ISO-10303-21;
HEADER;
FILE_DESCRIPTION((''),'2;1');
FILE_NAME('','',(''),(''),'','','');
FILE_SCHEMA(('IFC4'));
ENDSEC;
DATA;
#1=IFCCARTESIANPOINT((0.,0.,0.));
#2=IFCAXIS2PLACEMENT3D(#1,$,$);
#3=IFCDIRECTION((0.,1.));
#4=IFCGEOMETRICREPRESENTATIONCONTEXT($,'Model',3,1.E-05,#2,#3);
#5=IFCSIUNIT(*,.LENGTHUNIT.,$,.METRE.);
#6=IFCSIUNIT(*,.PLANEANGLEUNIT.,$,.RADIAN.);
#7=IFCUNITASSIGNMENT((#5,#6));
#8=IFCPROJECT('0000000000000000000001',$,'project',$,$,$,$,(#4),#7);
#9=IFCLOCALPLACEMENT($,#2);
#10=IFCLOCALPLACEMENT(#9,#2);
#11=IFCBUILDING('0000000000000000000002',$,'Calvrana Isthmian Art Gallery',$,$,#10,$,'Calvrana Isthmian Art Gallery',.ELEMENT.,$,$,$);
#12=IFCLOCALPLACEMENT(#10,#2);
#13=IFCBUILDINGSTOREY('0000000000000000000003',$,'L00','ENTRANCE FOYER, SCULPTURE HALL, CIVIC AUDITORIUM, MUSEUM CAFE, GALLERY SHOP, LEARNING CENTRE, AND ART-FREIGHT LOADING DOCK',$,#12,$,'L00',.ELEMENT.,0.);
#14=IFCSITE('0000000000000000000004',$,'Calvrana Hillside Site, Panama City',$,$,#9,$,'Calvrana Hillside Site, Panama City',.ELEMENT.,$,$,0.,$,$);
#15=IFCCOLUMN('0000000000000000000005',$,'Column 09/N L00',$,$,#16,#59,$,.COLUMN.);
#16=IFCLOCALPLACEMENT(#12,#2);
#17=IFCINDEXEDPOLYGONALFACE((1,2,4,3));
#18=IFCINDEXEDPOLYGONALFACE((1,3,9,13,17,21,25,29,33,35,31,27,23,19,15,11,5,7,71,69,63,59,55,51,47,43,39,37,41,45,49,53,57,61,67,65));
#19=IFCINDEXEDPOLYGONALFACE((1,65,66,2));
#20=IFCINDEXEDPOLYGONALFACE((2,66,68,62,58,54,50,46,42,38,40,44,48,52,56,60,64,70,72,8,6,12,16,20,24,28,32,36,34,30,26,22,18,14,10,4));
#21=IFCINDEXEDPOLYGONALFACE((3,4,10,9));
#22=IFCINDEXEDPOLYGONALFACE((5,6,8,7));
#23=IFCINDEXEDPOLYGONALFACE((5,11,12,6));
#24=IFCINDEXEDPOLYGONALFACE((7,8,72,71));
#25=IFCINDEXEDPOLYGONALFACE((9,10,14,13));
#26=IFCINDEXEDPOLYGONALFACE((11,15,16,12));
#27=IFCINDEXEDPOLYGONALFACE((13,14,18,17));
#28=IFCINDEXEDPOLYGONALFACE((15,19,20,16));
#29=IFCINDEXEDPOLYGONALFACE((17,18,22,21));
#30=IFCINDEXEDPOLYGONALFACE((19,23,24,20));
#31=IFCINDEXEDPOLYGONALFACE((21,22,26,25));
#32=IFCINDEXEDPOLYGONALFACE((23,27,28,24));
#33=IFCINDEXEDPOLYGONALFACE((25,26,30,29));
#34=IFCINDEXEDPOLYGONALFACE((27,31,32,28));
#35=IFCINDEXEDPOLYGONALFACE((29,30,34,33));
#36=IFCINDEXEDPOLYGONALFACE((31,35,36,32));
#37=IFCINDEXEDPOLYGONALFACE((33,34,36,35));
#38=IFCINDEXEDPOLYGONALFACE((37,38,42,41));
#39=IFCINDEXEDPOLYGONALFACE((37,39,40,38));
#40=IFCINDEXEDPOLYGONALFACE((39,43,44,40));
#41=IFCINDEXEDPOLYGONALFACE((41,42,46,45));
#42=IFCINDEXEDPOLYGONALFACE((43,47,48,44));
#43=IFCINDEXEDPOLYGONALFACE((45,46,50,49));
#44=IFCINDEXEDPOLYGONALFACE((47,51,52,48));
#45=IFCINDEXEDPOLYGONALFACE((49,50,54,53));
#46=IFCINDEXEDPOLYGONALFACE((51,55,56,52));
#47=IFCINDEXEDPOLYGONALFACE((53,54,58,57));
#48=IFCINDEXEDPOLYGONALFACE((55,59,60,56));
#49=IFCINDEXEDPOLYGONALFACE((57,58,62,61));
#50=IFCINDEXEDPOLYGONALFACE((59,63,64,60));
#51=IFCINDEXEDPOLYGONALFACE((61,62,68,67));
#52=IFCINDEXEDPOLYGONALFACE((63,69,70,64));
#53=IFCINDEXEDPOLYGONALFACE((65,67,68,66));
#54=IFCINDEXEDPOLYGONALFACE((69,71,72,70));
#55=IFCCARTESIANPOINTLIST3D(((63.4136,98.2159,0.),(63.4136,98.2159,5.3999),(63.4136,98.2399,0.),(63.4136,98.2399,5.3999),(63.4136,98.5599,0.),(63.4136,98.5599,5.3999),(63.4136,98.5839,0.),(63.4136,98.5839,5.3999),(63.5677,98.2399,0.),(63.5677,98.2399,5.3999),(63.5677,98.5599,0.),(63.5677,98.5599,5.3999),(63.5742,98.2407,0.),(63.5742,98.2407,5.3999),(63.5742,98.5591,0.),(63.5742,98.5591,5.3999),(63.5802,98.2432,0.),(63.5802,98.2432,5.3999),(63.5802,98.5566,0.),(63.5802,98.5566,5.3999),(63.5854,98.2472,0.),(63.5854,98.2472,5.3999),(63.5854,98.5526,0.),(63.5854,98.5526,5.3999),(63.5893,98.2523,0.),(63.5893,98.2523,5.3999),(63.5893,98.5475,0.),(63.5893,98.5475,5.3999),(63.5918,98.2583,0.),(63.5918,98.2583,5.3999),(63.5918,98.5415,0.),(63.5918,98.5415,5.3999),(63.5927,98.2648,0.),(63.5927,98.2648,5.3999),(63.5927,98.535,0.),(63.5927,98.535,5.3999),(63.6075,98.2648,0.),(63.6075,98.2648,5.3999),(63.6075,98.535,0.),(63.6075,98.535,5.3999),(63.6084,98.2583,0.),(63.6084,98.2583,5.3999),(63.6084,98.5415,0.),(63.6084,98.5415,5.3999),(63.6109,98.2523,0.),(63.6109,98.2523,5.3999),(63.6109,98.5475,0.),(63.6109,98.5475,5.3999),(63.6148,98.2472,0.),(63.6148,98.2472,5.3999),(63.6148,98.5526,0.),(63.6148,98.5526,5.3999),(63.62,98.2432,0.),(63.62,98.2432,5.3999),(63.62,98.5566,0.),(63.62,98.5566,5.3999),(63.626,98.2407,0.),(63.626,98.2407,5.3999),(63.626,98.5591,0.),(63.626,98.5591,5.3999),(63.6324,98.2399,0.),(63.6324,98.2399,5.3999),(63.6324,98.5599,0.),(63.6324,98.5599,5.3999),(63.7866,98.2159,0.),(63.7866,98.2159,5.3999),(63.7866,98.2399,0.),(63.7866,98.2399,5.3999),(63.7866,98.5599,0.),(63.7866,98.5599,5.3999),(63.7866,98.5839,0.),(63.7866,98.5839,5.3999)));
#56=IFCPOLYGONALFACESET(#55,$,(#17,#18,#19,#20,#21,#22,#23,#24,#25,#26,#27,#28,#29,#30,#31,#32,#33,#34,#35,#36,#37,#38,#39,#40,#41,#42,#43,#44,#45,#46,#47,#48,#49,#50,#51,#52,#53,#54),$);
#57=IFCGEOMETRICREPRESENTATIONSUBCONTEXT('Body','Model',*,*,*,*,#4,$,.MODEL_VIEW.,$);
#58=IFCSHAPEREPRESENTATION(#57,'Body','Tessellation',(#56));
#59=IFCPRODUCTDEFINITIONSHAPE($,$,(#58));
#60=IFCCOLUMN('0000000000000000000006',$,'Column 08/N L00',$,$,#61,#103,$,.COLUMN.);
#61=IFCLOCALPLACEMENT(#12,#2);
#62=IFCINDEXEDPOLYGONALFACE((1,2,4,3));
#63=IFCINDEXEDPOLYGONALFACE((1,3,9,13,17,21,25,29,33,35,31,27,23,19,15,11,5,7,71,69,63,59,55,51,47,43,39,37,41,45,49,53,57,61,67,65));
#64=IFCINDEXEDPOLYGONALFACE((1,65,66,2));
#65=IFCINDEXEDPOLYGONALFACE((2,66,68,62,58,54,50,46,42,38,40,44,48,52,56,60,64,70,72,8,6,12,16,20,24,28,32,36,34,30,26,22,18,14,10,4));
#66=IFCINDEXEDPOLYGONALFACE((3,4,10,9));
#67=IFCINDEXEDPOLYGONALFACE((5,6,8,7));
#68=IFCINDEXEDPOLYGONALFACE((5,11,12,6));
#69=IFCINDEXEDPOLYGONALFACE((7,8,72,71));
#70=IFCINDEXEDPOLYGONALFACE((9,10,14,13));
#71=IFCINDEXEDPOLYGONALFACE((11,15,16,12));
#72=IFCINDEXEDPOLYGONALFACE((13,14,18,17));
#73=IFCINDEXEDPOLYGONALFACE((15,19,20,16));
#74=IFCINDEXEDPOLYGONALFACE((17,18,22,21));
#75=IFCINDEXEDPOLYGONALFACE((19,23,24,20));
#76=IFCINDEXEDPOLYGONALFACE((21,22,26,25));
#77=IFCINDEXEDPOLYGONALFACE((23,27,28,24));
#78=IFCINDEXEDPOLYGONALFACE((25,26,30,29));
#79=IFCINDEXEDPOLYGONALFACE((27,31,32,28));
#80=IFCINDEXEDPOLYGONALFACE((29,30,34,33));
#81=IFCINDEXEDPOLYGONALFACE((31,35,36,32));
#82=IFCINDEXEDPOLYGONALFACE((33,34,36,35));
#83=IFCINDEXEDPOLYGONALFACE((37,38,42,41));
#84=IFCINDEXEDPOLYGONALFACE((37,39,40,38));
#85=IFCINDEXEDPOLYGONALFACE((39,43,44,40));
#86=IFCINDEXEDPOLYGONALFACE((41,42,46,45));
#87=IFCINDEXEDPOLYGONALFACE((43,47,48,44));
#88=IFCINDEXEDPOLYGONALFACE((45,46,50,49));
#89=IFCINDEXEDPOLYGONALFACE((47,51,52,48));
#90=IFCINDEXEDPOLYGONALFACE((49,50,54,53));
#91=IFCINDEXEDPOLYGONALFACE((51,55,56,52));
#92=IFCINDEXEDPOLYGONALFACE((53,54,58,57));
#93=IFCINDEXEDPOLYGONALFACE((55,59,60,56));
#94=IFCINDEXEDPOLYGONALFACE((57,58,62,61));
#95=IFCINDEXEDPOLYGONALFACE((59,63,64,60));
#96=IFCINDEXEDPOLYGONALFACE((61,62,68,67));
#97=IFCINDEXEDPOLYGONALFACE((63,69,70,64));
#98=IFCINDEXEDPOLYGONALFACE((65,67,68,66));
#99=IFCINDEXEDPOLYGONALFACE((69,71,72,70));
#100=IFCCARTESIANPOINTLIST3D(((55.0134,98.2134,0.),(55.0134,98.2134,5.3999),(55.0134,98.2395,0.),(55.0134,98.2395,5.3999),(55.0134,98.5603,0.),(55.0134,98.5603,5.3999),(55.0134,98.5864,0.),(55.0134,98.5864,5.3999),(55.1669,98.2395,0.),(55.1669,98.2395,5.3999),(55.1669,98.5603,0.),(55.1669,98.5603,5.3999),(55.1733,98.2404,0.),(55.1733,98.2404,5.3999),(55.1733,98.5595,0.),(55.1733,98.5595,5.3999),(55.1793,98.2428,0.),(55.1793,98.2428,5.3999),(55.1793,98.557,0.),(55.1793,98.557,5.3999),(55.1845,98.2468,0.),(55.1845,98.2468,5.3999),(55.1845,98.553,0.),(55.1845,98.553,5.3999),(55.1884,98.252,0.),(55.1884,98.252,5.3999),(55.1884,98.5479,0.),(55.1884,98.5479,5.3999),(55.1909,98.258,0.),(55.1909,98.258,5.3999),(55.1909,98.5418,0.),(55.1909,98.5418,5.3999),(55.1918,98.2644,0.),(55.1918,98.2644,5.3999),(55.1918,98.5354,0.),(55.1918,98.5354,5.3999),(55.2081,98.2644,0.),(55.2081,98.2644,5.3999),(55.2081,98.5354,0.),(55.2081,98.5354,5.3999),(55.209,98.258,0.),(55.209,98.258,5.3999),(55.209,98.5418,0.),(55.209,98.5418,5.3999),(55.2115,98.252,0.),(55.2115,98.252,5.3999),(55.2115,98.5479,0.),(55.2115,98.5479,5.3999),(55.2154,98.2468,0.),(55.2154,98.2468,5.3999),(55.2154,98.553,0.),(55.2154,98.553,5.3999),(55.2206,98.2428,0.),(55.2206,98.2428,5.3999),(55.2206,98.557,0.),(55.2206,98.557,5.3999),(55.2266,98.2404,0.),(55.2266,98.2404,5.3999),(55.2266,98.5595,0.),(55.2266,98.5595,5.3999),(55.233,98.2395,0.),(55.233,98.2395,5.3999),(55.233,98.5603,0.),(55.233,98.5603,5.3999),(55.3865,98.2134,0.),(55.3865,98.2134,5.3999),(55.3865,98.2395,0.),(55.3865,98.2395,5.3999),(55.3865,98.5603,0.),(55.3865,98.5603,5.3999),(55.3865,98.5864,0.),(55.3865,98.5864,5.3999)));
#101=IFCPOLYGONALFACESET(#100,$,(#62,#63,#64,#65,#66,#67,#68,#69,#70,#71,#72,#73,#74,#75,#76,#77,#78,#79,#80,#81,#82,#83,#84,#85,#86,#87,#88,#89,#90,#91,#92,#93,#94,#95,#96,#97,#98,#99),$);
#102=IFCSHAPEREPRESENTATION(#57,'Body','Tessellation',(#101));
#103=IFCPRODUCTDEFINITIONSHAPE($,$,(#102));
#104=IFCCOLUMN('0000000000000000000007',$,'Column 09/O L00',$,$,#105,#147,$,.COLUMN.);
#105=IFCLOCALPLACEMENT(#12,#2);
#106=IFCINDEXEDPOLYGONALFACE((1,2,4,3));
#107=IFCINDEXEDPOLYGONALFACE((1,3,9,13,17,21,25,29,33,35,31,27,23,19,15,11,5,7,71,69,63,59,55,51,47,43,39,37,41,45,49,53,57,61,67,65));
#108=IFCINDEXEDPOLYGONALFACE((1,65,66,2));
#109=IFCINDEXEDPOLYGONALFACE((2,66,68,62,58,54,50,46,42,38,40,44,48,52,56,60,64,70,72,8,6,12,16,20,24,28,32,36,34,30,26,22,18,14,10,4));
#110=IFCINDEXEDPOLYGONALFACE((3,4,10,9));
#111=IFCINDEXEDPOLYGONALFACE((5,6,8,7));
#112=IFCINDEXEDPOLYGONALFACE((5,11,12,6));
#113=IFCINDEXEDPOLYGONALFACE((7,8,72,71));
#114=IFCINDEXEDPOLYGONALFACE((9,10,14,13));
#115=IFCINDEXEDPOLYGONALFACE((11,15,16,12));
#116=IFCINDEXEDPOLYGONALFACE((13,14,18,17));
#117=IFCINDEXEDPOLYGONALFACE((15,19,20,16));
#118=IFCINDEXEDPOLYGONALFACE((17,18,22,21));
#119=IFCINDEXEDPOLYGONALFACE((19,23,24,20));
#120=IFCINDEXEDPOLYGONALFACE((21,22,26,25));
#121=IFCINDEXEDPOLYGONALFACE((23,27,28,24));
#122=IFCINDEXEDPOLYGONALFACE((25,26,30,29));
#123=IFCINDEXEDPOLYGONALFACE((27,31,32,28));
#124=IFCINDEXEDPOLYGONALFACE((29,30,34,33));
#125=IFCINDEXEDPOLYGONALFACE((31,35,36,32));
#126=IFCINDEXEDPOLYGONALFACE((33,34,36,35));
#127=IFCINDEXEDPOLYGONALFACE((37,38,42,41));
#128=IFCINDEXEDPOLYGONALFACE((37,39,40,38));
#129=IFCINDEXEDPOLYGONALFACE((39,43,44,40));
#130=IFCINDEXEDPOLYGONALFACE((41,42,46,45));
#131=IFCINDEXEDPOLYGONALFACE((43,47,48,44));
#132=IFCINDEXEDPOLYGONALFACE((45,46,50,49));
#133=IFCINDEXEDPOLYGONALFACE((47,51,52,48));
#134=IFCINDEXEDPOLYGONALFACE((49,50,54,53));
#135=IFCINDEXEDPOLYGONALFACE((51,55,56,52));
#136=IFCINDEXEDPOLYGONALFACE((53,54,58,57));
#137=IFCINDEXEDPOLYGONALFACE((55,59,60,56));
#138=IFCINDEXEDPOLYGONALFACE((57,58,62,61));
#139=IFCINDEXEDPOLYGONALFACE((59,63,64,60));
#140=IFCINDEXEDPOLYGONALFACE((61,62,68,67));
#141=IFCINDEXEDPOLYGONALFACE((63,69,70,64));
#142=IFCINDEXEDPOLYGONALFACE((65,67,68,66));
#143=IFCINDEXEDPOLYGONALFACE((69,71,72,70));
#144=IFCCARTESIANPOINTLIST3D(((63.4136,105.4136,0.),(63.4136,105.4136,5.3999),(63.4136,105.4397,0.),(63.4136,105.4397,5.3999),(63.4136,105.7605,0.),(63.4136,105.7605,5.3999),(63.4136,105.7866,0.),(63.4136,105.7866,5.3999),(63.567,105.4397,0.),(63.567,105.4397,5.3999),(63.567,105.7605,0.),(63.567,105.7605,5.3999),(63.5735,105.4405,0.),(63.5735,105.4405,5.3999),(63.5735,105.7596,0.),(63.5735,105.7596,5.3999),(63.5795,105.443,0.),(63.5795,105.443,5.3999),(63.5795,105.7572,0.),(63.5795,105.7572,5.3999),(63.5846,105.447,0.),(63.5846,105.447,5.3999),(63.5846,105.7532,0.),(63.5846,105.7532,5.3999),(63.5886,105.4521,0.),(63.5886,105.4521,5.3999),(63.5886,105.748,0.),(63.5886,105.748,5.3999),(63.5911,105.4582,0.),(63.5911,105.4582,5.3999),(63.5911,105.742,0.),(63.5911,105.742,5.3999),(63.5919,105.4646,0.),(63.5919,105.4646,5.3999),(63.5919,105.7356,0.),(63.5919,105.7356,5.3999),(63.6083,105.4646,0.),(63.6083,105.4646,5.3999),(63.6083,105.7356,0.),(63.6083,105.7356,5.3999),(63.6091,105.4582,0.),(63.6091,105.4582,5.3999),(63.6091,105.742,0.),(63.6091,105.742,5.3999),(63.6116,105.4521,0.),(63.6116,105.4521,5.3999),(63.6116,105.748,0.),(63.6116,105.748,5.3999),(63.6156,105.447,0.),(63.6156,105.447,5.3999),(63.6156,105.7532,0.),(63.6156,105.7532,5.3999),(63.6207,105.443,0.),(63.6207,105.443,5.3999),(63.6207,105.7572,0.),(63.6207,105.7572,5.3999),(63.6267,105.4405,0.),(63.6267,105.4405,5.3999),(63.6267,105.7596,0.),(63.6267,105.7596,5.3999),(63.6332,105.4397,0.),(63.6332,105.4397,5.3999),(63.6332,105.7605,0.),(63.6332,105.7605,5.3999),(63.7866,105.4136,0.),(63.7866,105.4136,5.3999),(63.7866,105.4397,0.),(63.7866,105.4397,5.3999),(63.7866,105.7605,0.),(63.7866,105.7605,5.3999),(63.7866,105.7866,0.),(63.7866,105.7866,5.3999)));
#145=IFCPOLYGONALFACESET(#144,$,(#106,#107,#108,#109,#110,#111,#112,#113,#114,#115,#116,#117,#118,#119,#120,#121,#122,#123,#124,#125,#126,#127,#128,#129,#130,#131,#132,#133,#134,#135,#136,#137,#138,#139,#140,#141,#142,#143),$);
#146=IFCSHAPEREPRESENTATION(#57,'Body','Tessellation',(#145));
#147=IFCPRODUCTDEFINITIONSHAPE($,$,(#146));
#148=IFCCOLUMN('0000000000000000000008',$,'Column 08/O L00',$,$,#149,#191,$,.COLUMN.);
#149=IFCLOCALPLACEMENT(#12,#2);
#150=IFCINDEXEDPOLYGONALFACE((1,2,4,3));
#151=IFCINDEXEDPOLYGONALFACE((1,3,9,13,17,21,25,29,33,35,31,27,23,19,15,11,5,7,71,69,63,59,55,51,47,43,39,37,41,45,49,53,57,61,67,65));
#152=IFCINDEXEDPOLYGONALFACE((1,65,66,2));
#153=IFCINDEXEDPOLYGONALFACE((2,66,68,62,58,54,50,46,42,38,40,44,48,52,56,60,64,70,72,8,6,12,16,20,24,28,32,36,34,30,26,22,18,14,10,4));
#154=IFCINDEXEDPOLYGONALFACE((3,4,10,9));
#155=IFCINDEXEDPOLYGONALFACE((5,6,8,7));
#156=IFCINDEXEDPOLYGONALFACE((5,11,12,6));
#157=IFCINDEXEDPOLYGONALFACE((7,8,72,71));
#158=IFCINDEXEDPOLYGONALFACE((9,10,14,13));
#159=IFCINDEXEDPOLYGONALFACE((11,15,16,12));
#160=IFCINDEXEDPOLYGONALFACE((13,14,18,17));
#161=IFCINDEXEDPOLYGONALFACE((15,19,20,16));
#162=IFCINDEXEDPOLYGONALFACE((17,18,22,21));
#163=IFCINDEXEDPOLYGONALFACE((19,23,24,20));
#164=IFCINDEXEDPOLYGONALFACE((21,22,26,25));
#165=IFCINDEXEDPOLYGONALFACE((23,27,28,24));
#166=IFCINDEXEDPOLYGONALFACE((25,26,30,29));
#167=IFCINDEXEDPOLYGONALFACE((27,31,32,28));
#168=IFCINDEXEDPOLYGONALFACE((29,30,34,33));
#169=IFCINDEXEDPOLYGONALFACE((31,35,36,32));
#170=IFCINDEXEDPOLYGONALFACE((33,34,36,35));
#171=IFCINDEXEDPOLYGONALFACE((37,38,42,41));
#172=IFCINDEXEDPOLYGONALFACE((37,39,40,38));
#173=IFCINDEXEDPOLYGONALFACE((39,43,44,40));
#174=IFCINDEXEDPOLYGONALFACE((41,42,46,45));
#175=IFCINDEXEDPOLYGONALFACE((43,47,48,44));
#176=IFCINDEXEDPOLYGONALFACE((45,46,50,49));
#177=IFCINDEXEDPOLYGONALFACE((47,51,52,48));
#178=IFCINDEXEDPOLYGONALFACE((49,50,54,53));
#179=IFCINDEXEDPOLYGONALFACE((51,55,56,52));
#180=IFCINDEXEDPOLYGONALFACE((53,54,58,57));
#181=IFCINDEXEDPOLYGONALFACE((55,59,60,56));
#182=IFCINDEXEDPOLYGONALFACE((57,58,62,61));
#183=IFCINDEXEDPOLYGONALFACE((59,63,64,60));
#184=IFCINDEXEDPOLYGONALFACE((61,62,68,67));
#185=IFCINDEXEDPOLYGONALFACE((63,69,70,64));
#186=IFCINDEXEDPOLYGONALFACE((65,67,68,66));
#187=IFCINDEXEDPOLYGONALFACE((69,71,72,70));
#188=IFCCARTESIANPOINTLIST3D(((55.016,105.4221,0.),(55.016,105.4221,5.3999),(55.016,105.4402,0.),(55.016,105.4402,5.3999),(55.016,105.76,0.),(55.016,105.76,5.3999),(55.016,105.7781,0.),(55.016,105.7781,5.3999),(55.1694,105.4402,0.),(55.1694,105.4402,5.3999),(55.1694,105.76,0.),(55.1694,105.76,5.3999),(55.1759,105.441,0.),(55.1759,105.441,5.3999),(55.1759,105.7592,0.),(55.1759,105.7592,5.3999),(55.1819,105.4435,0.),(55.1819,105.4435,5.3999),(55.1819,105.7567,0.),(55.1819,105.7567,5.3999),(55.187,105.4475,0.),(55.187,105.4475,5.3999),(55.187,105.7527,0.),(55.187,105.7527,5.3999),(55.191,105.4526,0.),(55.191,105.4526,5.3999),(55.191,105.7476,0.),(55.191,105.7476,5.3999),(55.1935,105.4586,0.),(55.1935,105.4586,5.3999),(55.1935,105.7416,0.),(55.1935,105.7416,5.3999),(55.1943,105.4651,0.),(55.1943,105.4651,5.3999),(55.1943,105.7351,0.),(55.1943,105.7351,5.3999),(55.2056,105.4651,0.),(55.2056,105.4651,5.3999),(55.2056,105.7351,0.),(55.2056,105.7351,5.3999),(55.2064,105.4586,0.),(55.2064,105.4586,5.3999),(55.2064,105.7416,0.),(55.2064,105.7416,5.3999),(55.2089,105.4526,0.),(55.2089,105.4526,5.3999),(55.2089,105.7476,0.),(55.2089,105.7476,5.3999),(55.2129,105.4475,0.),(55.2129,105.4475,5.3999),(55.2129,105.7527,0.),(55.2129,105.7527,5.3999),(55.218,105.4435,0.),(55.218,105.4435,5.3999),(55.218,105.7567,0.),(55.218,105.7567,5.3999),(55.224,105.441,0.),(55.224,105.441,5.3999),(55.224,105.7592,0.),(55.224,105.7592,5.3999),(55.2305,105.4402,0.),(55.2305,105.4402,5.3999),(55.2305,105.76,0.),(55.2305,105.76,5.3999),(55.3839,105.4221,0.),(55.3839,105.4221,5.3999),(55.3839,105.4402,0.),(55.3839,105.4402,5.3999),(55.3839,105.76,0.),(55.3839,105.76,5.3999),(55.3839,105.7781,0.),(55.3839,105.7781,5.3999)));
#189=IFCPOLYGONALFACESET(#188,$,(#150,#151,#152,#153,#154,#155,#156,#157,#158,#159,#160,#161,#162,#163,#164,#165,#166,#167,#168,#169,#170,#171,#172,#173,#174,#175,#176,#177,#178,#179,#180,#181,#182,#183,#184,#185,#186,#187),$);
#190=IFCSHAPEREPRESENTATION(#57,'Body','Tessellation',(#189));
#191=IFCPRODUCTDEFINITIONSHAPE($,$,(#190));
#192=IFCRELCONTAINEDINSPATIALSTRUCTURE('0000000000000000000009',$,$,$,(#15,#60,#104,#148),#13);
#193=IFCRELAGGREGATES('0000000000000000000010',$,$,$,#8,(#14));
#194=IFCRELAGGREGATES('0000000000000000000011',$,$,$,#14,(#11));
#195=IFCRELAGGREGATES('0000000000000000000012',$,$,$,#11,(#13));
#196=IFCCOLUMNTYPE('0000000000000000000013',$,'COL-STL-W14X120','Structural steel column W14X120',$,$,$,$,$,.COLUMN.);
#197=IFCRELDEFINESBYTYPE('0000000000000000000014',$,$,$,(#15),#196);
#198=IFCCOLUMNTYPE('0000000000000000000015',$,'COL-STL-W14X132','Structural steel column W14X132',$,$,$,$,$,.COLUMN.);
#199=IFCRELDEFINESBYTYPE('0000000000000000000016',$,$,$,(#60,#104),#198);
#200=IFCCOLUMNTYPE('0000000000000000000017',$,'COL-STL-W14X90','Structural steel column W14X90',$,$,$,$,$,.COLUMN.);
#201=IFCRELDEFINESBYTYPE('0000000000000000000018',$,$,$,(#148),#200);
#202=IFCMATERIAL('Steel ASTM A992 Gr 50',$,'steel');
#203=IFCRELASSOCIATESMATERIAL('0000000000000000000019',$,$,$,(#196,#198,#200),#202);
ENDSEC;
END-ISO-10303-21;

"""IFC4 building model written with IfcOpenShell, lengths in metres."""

from ifc_helpers import new_model, si_unit, direction, frame, origin, origin_2d, place, context, subcontext, project, spatial, i_section, extrude, material, material_profile, profile_set, type_object, element, save


model = new_model("IFC4")

# Units and contexts
model_context = context("Model", 3, precision=1e-05, world=origin(), true_north=direction((0.0, 1.0)))
body_context = subcontext(model_context, "Body", "Model", "MODEL_VIEW")
ifc_project = project(units=[si_unit("LENGTHUNIT", "METRE"), si_unit("PLANEANGLEUNIT", "RADIAN")], contexts=[model_context])

# Site, building, storey
site_placement = place(None, origin())
site = spatial("IfcSite", under=ifc_project, at=site_placement, Name="Calvrana Hillside Site, Panama City", LongName="Calvrana Hillside Site, Panama City", CompositionType="ELEMENT", RefElevation=0.0)
building_placement = place(site_placement, origin())
building = spatial("IfcBuilding", under=site, at=building_placement, Name="Calvrana Isthmian Art Gallery", LongName="Calvrana Isthmian Art Gallery", CompositionType="ELEMENT")
storey_placement = place(building_placement, origin())
storey = spatial("IfcBuildingStorey", under=building, at=storey_placement, Name="L00", Description="ENTRANCE FOYER, SCULPTURE HALL, CIVIC AUDITORIUM, MUSEUM CAFE, GALLERY SHOP, LEARNING CENTRE, AND ART-FREIGHT LOADING DOCK", LongName="L00", CompositionType="ELEMENT", Elevation=0.0)

# Columns
ifc_material_1 = material(Name="Steel ASTM A992 Gr 50", Category="steel")
ifc_material_profile_1 = material_profile(ifc_material_1, i_section(OverallWidth=0.373, OverallDepth=0.3679, WebThickness=0.0149, FlangeThickness=0.0239, FilletRadius=0.0249, at=origin_2d()), Name="W14X120")
ifc_profile_set_1 = profile_set([ifc_material_profile_1], Name="Steel ASTM A992 Gr 50")
column_type_1 = type_object("IfcColumnType", Name="COL-STL-W14X120", Description="Structural steel column W14X120", PredefinedType="COLUMN", material=ifc_profile_set_1)
column_1_placement = place(storey_placement, frame((63.6001, 98.3999, 0.0), z_axis=(0.0, 0.0, 1.0), x_axis=(1.0, 0.0, 0.0)))
element("IfcColumn", 1, at=column_1_placement, inside=storey, type_object=column_type_1, Name="Column 09/N L00", PredefinedType="COLUMN", context=body_context, shape_type="SweptSolid", body=[
    extrude(i_section(OverallWidth=0.373, OverallDepth=0.3679, WebThickness=0.0149, FlangeThickness=0.0239, FilletRadius=0.0249, at=origin_2d()), origin(), (0.0, 0.0, 1.0), 5.3999),
])
ifc_material_profile_2 = material_profile(ifc_material_1, i_section(OverallWidth=0.373, OverallDepth=0.373, WebThickness=0.0164, FlangeThickness=0.0261, FilletRadius=0.0249, at=origin_2d()), Name="W14X132")
ifc_profile_set_2 = profile_set([ifc_material_profile_2], Name="Steel ASTM A992 Gr 50")
column_type_2 = type_object("IfcColumnType", Name="COL-STL-W14X132", Description="Structural steel column W14X132", PredefinedType="COLUMN", material=ifc_profile_set_2)
for number, where, z_axis, x_axis, name in (
    (2, (55.2, 98.3999, 0.0), (0.0, 0.0, 1.0), (1.0, 0.0, 0.0), "Column 08/N L00"),
    (3, (63.6001, 105.6001, 0.0), (0.0, 0.0, 1.0), (1.0, 0.0, 0.0), "Column 09/O L00"),
):
    element("IfcColumn", number, at=place(storey_placement, frame(where, z_axis=z_axis, x_axis=x_axis)), inside=storey, type_object=column_type_2, Name=name, PredefinedType="COLUMN", context=body_context, shape_type="SweptSolid", body=[
        extrude(i_section(OverallWidth=0.373, OverallDepth=0.373, WebThickness=0.0164, FlangeThickness=0.0261, FilletRadius=0.0249, at=origin_2d()), origin(), (0.0, 0.0, 1.0), 5.3999),
    ])
ifc_material_profile_3 = material_profile(ifc_material_1, i_section(OverallWidth=0.3679, OverallDepth=0.356, WebThickness=0.0112, FlangeThickness=0.0181, FilletRadius=0.0249, at=origin_2d()), Name="W14X90")
ifc_profile_set_3 = profile_set([ifc_material_profile_3], Name="Steel ASTM A992 Gr 50")
column_type_3 = type_object("IfcColumnType", Name="COL-STL-W14X90", Description="Structural steel column W14X90", PredefinedType="COLUMN", material=ifc_profile_set_3)
column_2_placement = place(storey_placement, frame((55.2, 105.6001, 0.0), z_axis=(0.0, 0.0, 1.0), x_axis=(1.0, 0.0, 0.0)))
element("IfcColumn", 4, at=column_2_placement, inside=storey, type_object=column_type_3, Name="Column 08/O L00", PredefinedType="COLUMN", context=body_context, shape_type="SweptSolid", body=[
    extrude(i_section(OverallWidth=0.3679, OverallDepth=0.356, WebThickness=0.0112, FlangeThickness=0.0181, FilletRadius=0.0249, at=origin_2d()), origin(), (0.0, 0.0, 1.0), 5.3999),
])

save(model, "model.ifc")
